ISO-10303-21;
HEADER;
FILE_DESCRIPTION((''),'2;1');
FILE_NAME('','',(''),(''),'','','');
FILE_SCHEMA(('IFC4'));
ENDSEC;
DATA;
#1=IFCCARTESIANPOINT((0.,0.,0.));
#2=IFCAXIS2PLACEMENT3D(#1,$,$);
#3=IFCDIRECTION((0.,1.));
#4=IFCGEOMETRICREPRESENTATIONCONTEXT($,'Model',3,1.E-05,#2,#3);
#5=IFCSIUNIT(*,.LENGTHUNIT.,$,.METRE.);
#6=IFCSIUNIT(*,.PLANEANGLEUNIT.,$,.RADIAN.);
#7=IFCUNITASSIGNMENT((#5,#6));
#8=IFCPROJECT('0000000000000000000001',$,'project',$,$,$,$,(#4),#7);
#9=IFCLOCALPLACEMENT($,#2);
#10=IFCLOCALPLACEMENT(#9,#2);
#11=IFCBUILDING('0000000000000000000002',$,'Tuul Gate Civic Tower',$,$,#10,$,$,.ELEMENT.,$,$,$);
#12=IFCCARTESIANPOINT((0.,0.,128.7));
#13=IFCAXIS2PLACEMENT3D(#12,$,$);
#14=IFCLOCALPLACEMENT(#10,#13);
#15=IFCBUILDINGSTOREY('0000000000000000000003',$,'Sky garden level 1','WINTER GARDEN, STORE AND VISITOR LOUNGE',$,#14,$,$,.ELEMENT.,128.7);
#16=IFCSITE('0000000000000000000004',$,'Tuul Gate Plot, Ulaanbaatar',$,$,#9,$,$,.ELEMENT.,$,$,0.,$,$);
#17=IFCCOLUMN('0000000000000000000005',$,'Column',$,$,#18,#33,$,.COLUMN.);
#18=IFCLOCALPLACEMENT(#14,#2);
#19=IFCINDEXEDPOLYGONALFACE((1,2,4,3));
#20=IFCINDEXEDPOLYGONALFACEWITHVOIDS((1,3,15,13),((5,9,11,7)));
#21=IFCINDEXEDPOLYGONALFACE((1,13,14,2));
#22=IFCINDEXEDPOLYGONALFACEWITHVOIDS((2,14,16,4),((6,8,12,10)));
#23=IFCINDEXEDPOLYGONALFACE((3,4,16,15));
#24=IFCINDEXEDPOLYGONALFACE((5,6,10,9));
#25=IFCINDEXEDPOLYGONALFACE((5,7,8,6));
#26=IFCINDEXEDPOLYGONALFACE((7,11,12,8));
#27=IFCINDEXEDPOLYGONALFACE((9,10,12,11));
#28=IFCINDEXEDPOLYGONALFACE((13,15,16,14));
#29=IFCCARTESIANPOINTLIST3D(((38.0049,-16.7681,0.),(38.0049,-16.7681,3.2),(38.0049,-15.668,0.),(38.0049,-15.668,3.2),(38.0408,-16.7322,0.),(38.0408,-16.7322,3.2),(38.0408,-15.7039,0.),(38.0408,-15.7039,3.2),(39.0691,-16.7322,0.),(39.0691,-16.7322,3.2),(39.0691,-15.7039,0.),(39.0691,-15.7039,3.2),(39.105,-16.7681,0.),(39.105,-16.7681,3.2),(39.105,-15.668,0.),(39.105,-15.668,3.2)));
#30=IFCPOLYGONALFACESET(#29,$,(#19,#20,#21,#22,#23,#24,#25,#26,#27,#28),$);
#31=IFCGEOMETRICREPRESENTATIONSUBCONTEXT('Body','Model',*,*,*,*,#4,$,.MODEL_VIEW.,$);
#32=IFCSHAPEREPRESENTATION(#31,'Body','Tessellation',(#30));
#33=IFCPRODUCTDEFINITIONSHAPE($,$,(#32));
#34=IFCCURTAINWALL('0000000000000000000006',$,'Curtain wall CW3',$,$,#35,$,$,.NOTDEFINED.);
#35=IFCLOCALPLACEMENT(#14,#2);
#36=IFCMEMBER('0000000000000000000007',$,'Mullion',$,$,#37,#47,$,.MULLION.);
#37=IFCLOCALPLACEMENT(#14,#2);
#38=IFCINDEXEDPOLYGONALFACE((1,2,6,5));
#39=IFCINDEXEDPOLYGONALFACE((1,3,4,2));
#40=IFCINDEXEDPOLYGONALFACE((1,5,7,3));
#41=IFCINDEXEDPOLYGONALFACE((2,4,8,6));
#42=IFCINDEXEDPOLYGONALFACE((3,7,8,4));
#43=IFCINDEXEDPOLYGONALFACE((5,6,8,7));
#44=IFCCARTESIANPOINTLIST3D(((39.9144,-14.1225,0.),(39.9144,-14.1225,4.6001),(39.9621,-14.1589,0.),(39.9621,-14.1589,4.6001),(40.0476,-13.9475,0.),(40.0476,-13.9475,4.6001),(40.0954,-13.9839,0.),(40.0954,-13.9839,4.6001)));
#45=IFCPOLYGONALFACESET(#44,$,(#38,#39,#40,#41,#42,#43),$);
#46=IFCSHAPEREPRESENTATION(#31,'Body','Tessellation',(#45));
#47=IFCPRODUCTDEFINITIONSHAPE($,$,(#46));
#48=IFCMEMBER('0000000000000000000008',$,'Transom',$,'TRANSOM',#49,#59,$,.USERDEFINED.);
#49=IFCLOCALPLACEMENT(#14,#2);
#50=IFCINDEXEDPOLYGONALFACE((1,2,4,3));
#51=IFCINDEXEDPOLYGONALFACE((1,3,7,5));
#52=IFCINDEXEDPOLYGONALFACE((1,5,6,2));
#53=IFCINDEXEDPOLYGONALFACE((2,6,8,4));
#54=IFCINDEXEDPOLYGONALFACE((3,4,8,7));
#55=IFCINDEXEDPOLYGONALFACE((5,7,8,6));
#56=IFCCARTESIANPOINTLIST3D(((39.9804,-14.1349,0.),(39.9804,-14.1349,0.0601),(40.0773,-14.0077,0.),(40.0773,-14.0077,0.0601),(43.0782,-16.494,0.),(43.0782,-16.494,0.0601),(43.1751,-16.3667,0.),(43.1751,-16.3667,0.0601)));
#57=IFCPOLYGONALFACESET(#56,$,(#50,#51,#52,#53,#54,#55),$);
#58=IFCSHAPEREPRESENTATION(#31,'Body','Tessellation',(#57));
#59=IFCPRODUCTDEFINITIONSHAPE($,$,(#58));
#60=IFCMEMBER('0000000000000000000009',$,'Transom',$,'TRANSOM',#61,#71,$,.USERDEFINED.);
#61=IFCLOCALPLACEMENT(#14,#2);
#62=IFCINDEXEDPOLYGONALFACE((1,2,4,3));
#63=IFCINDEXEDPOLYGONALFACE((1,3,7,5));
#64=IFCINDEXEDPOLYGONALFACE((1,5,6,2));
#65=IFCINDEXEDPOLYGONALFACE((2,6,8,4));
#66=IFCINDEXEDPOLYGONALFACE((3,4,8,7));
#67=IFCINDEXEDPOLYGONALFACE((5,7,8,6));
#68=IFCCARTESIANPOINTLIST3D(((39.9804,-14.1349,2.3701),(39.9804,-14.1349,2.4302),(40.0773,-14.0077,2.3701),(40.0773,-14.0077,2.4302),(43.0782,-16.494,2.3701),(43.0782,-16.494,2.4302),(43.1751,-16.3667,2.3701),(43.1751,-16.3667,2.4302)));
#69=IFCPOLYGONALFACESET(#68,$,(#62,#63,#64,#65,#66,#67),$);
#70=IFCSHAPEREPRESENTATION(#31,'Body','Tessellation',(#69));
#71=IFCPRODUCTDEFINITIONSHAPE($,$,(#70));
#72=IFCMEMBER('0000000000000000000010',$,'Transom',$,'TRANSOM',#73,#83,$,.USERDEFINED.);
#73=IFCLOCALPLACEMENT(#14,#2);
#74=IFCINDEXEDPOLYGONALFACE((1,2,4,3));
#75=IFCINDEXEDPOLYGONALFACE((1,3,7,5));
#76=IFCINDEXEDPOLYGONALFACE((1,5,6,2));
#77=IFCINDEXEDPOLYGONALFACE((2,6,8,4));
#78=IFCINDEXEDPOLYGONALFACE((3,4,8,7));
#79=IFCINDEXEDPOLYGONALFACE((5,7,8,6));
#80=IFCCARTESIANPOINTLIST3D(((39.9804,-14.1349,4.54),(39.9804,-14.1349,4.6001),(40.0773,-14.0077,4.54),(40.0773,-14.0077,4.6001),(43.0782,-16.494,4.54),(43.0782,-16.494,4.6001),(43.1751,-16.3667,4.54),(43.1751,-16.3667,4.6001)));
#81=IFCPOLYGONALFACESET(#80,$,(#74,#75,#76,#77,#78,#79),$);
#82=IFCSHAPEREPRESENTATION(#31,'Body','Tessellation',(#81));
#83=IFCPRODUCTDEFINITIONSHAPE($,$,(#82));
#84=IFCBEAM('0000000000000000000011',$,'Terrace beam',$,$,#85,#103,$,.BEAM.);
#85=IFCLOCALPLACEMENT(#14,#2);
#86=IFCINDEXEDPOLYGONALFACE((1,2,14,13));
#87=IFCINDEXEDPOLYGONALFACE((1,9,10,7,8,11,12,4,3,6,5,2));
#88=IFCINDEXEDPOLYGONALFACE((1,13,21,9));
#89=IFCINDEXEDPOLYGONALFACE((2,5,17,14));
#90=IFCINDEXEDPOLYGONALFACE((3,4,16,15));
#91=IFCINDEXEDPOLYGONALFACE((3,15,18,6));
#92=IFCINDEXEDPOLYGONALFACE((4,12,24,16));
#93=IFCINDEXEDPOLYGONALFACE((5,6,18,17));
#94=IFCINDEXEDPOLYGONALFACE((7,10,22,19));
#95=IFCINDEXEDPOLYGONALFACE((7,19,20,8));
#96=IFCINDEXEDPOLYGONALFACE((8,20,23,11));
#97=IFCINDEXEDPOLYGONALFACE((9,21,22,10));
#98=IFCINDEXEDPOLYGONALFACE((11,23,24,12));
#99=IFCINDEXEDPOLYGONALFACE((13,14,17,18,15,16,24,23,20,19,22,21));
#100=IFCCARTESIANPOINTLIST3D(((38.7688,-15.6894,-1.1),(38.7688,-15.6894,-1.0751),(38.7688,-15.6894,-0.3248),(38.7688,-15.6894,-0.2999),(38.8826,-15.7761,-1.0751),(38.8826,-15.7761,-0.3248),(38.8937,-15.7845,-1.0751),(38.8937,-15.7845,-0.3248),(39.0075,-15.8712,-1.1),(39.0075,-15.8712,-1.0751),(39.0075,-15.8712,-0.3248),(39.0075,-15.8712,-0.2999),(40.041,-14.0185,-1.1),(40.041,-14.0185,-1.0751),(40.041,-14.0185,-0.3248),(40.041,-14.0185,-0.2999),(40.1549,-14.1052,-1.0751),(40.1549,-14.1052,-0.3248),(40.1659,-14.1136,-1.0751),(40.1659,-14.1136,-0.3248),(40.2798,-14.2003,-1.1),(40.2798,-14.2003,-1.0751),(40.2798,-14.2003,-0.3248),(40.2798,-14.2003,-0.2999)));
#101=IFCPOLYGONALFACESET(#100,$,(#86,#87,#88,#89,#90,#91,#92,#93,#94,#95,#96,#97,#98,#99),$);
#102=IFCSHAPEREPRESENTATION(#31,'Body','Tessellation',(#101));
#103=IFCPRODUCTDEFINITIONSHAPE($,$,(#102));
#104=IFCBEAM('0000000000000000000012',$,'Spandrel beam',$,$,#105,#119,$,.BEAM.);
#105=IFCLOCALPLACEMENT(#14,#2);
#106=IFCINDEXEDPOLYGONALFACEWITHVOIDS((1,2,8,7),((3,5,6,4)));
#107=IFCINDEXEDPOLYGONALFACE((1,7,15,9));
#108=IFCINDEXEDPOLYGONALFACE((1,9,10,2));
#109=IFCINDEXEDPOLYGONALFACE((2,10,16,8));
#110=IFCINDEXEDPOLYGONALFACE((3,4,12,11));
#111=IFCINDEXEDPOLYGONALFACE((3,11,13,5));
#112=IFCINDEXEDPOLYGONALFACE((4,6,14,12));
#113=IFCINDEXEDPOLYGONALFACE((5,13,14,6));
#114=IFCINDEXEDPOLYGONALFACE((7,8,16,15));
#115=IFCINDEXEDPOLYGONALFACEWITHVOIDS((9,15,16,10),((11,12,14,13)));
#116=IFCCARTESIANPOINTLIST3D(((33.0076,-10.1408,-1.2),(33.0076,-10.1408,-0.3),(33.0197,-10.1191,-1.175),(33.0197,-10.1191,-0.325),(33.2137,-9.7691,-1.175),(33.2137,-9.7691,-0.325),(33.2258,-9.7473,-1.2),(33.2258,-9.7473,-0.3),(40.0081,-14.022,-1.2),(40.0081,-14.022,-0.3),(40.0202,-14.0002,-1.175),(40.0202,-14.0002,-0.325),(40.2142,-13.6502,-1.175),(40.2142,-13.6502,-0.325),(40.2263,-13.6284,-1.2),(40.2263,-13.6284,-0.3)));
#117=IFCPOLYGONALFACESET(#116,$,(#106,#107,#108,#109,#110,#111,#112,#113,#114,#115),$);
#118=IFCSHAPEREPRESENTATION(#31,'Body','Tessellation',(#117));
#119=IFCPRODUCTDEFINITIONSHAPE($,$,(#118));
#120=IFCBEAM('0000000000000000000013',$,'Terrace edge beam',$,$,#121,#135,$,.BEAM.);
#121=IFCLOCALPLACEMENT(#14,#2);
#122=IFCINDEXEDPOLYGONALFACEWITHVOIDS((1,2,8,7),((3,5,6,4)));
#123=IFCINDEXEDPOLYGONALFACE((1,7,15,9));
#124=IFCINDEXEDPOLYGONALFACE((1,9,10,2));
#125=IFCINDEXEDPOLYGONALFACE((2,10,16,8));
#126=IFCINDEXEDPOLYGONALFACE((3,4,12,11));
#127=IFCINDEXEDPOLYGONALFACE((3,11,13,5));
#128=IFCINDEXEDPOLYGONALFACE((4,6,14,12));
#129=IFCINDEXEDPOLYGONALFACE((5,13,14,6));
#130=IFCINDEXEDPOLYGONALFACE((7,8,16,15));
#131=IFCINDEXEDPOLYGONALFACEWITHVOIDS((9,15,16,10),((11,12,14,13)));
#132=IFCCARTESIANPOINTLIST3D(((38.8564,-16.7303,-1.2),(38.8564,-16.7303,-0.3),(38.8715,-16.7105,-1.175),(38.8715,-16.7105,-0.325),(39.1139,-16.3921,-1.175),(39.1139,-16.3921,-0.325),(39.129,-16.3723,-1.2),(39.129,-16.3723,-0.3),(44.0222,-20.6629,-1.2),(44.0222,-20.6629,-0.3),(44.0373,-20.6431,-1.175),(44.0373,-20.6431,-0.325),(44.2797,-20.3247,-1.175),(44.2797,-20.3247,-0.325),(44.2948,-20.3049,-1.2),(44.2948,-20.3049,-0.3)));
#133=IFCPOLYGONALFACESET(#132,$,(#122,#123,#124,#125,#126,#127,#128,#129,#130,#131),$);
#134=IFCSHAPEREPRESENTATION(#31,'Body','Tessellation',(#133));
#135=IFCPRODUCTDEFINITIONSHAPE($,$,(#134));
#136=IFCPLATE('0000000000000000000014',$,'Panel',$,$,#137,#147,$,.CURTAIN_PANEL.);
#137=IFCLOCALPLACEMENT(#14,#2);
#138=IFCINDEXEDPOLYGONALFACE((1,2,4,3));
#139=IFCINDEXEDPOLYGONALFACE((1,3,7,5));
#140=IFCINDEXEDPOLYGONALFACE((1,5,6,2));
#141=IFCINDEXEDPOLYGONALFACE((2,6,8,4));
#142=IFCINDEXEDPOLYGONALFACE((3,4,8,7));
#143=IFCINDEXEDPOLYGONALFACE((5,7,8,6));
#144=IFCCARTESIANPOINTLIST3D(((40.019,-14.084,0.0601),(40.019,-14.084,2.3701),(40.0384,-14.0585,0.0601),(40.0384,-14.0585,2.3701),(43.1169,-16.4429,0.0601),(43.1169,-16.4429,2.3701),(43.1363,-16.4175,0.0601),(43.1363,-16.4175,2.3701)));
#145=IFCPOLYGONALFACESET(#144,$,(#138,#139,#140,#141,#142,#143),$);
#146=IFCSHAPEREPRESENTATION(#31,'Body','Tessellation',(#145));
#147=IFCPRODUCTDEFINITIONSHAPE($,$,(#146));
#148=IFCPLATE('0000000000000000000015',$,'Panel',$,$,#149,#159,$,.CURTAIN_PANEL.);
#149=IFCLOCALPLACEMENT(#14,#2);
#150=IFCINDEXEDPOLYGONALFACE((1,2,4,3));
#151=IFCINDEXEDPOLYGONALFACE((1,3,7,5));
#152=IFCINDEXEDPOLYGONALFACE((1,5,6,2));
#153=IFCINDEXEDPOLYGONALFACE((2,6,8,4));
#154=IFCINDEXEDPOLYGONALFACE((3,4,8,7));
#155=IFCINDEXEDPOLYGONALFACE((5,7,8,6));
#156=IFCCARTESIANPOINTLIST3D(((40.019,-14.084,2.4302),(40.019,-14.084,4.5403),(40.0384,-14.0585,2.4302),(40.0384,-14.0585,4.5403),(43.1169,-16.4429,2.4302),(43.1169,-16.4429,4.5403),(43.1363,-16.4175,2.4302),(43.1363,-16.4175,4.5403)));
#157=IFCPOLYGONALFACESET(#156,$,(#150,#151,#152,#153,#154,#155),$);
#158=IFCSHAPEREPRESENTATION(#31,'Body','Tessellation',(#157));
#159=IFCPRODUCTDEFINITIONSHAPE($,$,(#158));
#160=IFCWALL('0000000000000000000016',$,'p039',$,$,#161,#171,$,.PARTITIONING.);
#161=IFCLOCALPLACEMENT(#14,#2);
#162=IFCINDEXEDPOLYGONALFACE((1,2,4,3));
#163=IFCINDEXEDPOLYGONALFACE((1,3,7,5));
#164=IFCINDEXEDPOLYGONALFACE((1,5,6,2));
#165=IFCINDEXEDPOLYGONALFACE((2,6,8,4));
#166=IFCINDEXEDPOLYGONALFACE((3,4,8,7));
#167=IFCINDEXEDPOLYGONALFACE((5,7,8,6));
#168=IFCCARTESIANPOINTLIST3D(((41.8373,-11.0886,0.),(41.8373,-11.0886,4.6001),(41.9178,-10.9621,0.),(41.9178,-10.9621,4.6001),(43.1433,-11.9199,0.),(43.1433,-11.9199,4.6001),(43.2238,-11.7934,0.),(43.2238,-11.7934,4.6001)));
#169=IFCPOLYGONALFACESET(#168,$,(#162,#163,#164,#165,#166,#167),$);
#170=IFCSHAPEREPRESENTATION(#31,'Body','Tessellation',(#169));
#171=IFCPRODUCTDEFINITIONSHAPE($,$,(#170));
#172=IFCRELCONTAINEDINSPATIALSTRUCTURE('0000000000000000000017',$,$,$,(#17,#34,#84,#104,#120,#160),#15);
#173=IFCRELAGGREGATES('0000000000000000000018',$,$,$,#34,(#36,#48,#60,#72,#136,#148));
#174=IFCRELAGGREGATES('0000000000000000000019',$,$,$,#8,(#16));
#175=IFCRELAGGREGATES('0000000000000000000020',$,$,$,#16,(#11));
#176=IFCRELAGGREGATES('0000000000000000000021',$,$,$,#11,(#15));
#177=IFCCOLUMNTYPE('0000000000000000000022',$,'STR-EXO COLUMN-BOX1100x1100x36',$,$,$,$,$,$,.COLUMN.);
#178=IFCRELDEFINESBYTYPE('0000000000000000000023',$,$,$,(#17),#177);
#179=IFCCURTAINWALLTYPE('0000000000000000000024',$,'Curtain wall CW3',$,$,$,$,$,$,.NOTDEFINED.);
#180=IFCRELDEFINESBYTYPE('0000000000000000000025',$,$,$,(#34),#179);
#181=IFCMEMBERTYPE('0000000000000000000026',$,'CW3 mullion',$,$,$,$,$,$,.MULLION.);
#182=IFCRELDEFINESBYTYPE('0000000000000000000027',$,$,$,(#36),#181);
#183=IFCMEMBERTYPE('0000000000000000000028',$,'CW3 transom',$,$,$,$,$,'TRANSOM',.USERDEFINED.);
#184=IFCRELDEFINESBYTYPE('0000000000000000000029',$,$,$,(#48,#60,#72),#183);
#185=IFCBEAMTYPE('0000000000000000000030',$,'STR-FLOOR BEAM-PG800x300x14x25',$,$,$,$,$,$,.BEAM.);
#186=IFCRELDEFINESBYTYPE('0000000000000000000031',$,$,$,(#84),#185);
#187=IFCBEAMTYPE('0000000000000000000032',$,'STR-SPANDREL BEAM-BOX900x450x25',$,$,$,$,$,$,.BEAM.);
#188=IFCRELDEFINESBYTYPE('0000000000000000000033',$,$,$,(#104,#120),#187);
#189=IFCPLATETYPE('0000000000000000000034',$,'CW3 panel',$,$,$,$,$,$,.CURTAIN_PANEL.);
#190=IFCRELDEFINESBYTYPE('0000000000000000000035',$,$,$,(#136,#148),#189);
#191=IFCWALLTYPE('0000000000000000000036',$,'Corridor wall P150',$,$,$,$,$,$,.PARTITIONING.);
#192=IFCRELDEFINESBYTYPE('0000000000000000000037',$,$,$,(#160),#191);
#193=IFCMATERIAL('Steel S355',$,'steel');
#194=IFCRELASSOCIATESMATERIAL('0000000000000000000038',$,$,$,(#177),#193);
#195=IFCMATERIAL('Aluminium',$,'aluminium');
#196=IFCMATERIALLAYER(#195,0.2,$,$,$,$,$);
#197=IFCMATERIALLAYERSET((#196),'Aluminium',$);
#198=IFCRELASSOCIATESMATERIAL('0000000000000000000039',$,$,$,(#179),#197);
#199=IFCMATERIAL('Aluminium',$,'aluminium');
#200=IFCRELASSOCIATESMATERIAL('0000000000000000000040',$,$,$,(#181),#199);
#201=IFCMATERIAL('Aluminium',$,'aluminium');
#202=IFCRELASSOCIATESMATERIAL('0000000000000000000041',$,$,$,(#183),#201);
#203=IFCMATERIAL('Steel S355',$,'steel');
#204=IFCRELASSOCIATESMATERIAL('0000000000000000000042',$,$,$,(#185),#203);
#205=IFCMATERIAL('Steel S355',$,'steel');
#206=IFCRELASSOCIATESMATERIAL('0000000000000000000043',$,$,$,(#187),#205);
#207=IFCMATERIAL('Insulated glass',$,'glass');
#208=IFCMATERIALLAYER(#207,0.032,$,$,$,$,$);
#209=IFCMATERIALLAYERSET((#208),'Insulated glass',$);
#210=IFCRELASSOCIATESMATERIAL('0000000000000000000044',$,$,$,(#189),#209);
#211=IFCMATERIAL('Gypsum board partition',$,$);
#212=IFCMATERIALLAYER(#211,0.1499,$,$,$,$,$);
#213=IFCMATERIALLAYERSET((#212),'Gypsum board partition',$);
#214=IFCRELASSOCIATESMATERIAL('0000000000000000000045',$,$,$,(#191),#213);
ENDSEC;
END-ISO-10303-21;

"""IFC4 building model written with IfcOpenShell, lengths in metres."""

from ifc_helpers import new_model, si_unit, direction, frame, frame_2d, origin, origin_2d, place, context, subcontext, project, spatial, rectangle, hollow_rectangle, i_section, extrude, material, layer, layer_set, material_profile, profile_set, type_object, element, aggregate, save


model = new_model("IFC4")

# Units and contexts
model_context = context("Model", 3, precision=1e-05, world=origin(), true_north=direction((0.0, 1.0)))
body_context = subcontext(model_context, "Body", "Model", "MODEL_VIEW")
ifc_project = project(units=[si_unit("LENGTHUNIT", "METRE"), si_unit("PLANEANGLEUNIT", "RADIAN")], contexts=[model_context])

# Site, building, storey
site_placement = place(None, origin())
site = spatial("IfcSite", under=ifc_project, at=site_placement, Name="Tuul Gate Plot, Ulaanbaatar", CompositionType="ELEMENT", RefElevation=0.0)
building_placement = place(site_placement, origin())
building = spatial("IfcBuilding", under=site, at=building_placement, Name="Tuul Gate Civic Tower", CompositionType="ELEMENT")
storey_placement = place(building_placement, frame((0.0, 0.0, 128.7)))
storey = spatial("IfcBuildingStorey", under=building, at=storey_placement, Name="Sky garden level 1", Description="WINTER GARDEN, STORE AND VISITOR LOUNGE", CompositionType="ELEMENT", Elevation=128.7)

# Column
ifc_material_1 = material(Name="Steel S355", Category="steel")
ifc_material_profile_1 = material_profile(ifc_material_1, hollow_rectangle(XDim=1.1001, YDim=1.1001, WallThickness=0.0359, at=origin_2d()), Name="BOX1100x1100x36")
ifc_profile_set_1 = profile_set([ifc_material_profile_1], Name="Steel S355")
column_type = type_object("IfcColumnType", Name="STR-EXO COLUMN-BOX1100x1100x36", PredefinedType="COLUMN", material=ifc_profile_set_1)
column_placement = place(storey_placement, frame((38.5549, -16.218, 0.0), z_axis=(0.0, 0.0, 1.0), x_axis=(1.0, 0.0, 0.0)))
element("IfcColumn", 1, at=column_placement, inside=storey, type_object=column_type, Name="Column", PredefinedType="COLUMN", context=body_context, shape_type="SweptSolid", body=[
    extrude(hollow_rectangle(XDim=1.1001, YDim=1.1001, WallThickness=0.0359, at=origin_2d()), origin(), (0.0, 0.0, 1.0), 3.2),
])

# Curtain wall, members
ifc_material_2 = material(Name="Aluminium", Category="aluminium")
ifc_layer_1 = layer(ifc_material_2, 0.2)
ifc_layer_set_1 = layer_set([ifc_layer_1], Name="Aluminium")
curtain_wall_type = type_object("IfcCurtainWallType", Name="Curtain wall CW3", PredefinedType="NOTDEFINED", material=ifc_layer_set_1)
curtain_wall_placement = place(storey_placement, origin())
curtain_wall = element("IfcCurtainWall", 2, at=curtain_wall_placement, inside=storey, type_object=curtain_wall_type, Name="Curtain wall CW3", PredefinedType="NOTDEFINED")
ifc_material_3 = material(Name="Aluminium", Category="aluminium")
ifc_material_profile_2 = material_profile(ifc_material_3, rectangle(XDim=0.22, YDim=0.0601, at=origin_2d()), Name="CW3 mullion")
ifc_profile_set_2 = profile_set([ifc_material_profile_2], Name="Aluminium")
member_type_1 = type_object("IfcMemberType", Name="CW3 mullion", PredefinedType="MULLION", material=ifc_profile_set_2)
member_1_placement = place(storey_placement, frame((40.0049, -14.0532, 0.0), z_axis=(0.0, 0.0, 1.0), x_axis=(0.605828, 0.795596, 0.0)))
member_1 = element("IfcMember", 3, at=member_1_placement, type_object=member_type_1, Name="Mullion", PredefinedType="MULLION", context=body_context, shape_type="SweptSolid", body=[
    extrude(rectangle(XDim=0.22, YDim=0.0601, at=origin_2d()), origin(), (0.0, 0.0, 1.0), 4.6001),
])
ifc_material_4 = material(Name="Aluminium", Category="aluminium")
ifc_material_profile_3 = material_profile(ifc_material_4, rectangle(XDim=0.1599, YDim=0.0601, at=origin_2d()), Name="CW3 transom")
ifc_profile_set_3 = profile_set([ifc_material_profile_3], Name="Aluminium")
member_type_2 = type_object("IfcMemberType", Name="CW3 transom", ElementType="TRANSOM", PredefinedType="USERDEFINED", material=ifc_profile_set_3)
member_2_placement = place(storey_placement, frame((40.0288, -14.0713, 0.03), z_axis=(0.795577, -0.605852, 0.0), x_axis=(0.605852, 0.795577, 0.0)))
member_2 = element("IfcMember", 4, at=member_2_placement, type_object=member_type_2, Name="Transom", ObjectType="TRANSOM", PredefinedType="USERDEFINED", context=body_context, shape_type="SweptSolid", body=[
    extrude(rectangle(XDim=0.1599, YDim=0.0601, at=origin_2d()), origin(), (0.0, 0.0, 1.0), 3.8938),
])
member_3_placement = place(storey_placement, frame((40.0288, -14.0713, 2.4001), z_axis=(0.795577, -0.605852, 0.0), x_axis=(0.605852, 0.795577, 0.0)))
member_3 = element("IfcMember", 5, at=member_3_placement, type_object=member_type_2, Name="Transom", ObjectType="TRANSOM", PredefinedType="USERDEFINED", context=body_context, shape_type="SweptSolid", body=[
    extrude(rectangle(XDim=0.1599, YDim=0.0601, at=origin_2d()), origin(), (0.0, 0.0, 1.0), 3.8938),
])
member_4_placement = place(storey_placement, frame((40.0288, -14.0713, 4.5701), z_axis=(0.795577, -0.605852, 0.0), x_axis=(0.605852, 0.795577, 0.0)))
member_4 = element("IfcMember", 6, at=member_4_placement, type_object=member_type_2, Name="Transom", ObjectType="TRANSOM", PredefinedType="USERDEFINED", context=body_context, shape_type="SweptSolid", body=[
    extrude(rectangle(XDim=0.1599, YDim=0.0601, at=origin_2d()), origin(), (0.0, 0.0, 1.0), 3.8938),
])

# Beams
ifc_material_5 = material(Name="Steel S355", Category="steel")
ifc_material_profile_4 = material_profile(ifc_material_5, i_section(OverallWidth=0.3, OverallDepth=0.8, WebThickness=0.0139, FlangeThickness=0.0249, at=origin_2d()), Name="PG800x300x14x25")
ifc_profile_set_4 = profile_set([ifc_material_profile_4], Name="Steel S355")
beam_type_1 = type_object("IfcBeamType", Name="STR-FLOOR BEAM-PG800x300x14x25", PredefinedType="BEAM", material=ifc_profile_set_4)
beam_1_placement = place(storey_placement, frame((38.8882, -15.7803, -0.7), z_axis=(0.605787, 0.795626, 0.0), x_axis=(-0.795626, 0.605787, 0.0)))
element("IfcBeam", 7, at=beam_1_placement, inside=storey, type_object=beam_type_1, Name="Terrace beam", PredefinedType="BEAM", context=body_context, shape_type="SweptSolid", body=[
    extrude(i_section(OverallWidth=0.3, OverallDepth=0.8, WebThickness=0.0139, FlangeThickness=0.0249, at=origin_2d()), origin(), (0.0, 0.0, 1.0), 2.1001),
])
ifc_material_6 = material(Name="Steel S355", Category="steel")
ifc_material_profile_5 = material_profile(ifc_material_6, hollow_rectangle(XDim=0.45, YDim=0.8999, WallThickness=0.0249, at=origin_2d()), Name="BOX900x450x25")
ifc_profile_set_5 = profile_set([ifc_material_profile_5], Name="Steel S355")
beam_type_2 = type_object("IfcBeamType", Name="STR-SPANDREL BEAM-BOX900x450x25", PredefinedType="BEAM", material=ifc_profile_set_5)
beam_2_placement = place(storey_placement, frame((40.1172, -13.8252, -0.75), z_axis=(-0.874584, 0.484874, 0.0), x_axis=(-0.484874, -0.874584, 0.0)))
element("IfcBeam", 8, at=beam_2_placement, inside=storey, type_object=beam_type_2, Name="Spandrel beam", PredefinedType="BEAM", context=body_context, shape_type="SweptSolid", body=[
    extrude(hollow_rectangle(XDim=0.45, YDim=0.8999, WallThickness=0.0249, at=origin_2d()), origin(), (0.0, 0.0, 1.0), 8.0044),
])
beam_3_placement = place(storey_placement, frame((38.9927, -16.5513, -0.75), z_axis=(0.79567, -0.60573, 0.0), x_axis=(0.60573, 0.79567, 0.0)))
element("IfcBeam", 9, at=beam_3_placement, inside=storey, type_object=beam_type_2, Name="Terrace edge beam", PredefinedType="BEAM", context=body_context, shape_type="SweptSolid", body=[
    extrude(hollow_rectangle(XDim=0.45, YDim=0.8999, WallThickness=0.0249, at=origin_2d()), origin(), (0.0, 0.0, 1.0), 6.4924),
])

# Plates
ifc_material_7 = material(Name="Insulated glass", Category="glass")
ifc_layer_2 = layer(ifc_material_7, 0.032)
ifc_layer_set_2 = layer_set([ifc_layer_2], Name="Insulated glass")
plate_type = type_object("IfcPlateType", Name="CW3 panel", PredefinedType="CURTAIN_PANEL", material=ifc_layer_set_2)
plate_1_placement = place(storey_placement, frame((41.5776, -15.2507, 0.0601), z_axis=(0.0, 0.0, 1.0), x_axis=(0.795596, -0.605828, 0.0)))
plate_1 = element("IfcPlate", 10, at=plate_1_placement, type_object=plate_type, Name="Panel", PredefinedType="CURTAIN_PANEL", context=body_context, shape_type="SweptSolid", body=[
    extrude(rectangle(XDim=3.8938, YDim=0.032, at=origin_2d()), origin(), (0.0, 0.0, 1.0), 2.3101),
])
plate_2_placement = place(storey_placement, frame((41.5776, -15.2507, 2.4302), z_axis=(0.0, 0.0, 1.0), x_axis=(0.795596, -0.605828, 0.0)))
plate_2 = element("IfcPlate", 11, at=plate_2_placement, type_object=plate_type, Name="Panel", PredefinedType="CURTAIN_PANEL", context=body_context, shape_type="SweptSolid", body=[
    extrude(rectangle(XDim=3.8938, YDim=0.032, at=origin_2d()), origin(), (0.0, 0.0, 1.0), 2.1101),
])
aggregate(curtain_wall, [member_1, member_2, member_3, member_4, plate_1, plate_2])

# Wall
ifc_material_8 = material(Name="Gypsum board partition")
ifc_layer_3 = layer(ifc_material_8, 0.1499)
ifc_layer_set_3 = layer_set([ifc_layer_3], Name="Gypsum board partition")
wall_type_1 = type_object("IfcWallType", Name="Corridor wall P150", PredefinedType="PARTITIONING", material=ifc_layer_set_3)
wall_1_placement = place(storey_placement, frame((41.8777, -11.0254, 0.0), z_axis=(0.0, 0.0, 1.0), x_axis=(0.843584, -0.536998, 0.0)))
element("IfcWall", 12, at=wall_1_placement, inside=storey, type_object=wall_type_1, Name="p039", PredefinedType="PARTITIONING", context=body_context, shape_type="SweptSolid", body=[
    extrude(rectangle(XDim=1.5481, YDim=0.1499, at=frame_2d((0.7739, 0.0))), origin(), (0.0, 0.0, 1.0), 4.6001),
])

save(model, "model.ifc")
